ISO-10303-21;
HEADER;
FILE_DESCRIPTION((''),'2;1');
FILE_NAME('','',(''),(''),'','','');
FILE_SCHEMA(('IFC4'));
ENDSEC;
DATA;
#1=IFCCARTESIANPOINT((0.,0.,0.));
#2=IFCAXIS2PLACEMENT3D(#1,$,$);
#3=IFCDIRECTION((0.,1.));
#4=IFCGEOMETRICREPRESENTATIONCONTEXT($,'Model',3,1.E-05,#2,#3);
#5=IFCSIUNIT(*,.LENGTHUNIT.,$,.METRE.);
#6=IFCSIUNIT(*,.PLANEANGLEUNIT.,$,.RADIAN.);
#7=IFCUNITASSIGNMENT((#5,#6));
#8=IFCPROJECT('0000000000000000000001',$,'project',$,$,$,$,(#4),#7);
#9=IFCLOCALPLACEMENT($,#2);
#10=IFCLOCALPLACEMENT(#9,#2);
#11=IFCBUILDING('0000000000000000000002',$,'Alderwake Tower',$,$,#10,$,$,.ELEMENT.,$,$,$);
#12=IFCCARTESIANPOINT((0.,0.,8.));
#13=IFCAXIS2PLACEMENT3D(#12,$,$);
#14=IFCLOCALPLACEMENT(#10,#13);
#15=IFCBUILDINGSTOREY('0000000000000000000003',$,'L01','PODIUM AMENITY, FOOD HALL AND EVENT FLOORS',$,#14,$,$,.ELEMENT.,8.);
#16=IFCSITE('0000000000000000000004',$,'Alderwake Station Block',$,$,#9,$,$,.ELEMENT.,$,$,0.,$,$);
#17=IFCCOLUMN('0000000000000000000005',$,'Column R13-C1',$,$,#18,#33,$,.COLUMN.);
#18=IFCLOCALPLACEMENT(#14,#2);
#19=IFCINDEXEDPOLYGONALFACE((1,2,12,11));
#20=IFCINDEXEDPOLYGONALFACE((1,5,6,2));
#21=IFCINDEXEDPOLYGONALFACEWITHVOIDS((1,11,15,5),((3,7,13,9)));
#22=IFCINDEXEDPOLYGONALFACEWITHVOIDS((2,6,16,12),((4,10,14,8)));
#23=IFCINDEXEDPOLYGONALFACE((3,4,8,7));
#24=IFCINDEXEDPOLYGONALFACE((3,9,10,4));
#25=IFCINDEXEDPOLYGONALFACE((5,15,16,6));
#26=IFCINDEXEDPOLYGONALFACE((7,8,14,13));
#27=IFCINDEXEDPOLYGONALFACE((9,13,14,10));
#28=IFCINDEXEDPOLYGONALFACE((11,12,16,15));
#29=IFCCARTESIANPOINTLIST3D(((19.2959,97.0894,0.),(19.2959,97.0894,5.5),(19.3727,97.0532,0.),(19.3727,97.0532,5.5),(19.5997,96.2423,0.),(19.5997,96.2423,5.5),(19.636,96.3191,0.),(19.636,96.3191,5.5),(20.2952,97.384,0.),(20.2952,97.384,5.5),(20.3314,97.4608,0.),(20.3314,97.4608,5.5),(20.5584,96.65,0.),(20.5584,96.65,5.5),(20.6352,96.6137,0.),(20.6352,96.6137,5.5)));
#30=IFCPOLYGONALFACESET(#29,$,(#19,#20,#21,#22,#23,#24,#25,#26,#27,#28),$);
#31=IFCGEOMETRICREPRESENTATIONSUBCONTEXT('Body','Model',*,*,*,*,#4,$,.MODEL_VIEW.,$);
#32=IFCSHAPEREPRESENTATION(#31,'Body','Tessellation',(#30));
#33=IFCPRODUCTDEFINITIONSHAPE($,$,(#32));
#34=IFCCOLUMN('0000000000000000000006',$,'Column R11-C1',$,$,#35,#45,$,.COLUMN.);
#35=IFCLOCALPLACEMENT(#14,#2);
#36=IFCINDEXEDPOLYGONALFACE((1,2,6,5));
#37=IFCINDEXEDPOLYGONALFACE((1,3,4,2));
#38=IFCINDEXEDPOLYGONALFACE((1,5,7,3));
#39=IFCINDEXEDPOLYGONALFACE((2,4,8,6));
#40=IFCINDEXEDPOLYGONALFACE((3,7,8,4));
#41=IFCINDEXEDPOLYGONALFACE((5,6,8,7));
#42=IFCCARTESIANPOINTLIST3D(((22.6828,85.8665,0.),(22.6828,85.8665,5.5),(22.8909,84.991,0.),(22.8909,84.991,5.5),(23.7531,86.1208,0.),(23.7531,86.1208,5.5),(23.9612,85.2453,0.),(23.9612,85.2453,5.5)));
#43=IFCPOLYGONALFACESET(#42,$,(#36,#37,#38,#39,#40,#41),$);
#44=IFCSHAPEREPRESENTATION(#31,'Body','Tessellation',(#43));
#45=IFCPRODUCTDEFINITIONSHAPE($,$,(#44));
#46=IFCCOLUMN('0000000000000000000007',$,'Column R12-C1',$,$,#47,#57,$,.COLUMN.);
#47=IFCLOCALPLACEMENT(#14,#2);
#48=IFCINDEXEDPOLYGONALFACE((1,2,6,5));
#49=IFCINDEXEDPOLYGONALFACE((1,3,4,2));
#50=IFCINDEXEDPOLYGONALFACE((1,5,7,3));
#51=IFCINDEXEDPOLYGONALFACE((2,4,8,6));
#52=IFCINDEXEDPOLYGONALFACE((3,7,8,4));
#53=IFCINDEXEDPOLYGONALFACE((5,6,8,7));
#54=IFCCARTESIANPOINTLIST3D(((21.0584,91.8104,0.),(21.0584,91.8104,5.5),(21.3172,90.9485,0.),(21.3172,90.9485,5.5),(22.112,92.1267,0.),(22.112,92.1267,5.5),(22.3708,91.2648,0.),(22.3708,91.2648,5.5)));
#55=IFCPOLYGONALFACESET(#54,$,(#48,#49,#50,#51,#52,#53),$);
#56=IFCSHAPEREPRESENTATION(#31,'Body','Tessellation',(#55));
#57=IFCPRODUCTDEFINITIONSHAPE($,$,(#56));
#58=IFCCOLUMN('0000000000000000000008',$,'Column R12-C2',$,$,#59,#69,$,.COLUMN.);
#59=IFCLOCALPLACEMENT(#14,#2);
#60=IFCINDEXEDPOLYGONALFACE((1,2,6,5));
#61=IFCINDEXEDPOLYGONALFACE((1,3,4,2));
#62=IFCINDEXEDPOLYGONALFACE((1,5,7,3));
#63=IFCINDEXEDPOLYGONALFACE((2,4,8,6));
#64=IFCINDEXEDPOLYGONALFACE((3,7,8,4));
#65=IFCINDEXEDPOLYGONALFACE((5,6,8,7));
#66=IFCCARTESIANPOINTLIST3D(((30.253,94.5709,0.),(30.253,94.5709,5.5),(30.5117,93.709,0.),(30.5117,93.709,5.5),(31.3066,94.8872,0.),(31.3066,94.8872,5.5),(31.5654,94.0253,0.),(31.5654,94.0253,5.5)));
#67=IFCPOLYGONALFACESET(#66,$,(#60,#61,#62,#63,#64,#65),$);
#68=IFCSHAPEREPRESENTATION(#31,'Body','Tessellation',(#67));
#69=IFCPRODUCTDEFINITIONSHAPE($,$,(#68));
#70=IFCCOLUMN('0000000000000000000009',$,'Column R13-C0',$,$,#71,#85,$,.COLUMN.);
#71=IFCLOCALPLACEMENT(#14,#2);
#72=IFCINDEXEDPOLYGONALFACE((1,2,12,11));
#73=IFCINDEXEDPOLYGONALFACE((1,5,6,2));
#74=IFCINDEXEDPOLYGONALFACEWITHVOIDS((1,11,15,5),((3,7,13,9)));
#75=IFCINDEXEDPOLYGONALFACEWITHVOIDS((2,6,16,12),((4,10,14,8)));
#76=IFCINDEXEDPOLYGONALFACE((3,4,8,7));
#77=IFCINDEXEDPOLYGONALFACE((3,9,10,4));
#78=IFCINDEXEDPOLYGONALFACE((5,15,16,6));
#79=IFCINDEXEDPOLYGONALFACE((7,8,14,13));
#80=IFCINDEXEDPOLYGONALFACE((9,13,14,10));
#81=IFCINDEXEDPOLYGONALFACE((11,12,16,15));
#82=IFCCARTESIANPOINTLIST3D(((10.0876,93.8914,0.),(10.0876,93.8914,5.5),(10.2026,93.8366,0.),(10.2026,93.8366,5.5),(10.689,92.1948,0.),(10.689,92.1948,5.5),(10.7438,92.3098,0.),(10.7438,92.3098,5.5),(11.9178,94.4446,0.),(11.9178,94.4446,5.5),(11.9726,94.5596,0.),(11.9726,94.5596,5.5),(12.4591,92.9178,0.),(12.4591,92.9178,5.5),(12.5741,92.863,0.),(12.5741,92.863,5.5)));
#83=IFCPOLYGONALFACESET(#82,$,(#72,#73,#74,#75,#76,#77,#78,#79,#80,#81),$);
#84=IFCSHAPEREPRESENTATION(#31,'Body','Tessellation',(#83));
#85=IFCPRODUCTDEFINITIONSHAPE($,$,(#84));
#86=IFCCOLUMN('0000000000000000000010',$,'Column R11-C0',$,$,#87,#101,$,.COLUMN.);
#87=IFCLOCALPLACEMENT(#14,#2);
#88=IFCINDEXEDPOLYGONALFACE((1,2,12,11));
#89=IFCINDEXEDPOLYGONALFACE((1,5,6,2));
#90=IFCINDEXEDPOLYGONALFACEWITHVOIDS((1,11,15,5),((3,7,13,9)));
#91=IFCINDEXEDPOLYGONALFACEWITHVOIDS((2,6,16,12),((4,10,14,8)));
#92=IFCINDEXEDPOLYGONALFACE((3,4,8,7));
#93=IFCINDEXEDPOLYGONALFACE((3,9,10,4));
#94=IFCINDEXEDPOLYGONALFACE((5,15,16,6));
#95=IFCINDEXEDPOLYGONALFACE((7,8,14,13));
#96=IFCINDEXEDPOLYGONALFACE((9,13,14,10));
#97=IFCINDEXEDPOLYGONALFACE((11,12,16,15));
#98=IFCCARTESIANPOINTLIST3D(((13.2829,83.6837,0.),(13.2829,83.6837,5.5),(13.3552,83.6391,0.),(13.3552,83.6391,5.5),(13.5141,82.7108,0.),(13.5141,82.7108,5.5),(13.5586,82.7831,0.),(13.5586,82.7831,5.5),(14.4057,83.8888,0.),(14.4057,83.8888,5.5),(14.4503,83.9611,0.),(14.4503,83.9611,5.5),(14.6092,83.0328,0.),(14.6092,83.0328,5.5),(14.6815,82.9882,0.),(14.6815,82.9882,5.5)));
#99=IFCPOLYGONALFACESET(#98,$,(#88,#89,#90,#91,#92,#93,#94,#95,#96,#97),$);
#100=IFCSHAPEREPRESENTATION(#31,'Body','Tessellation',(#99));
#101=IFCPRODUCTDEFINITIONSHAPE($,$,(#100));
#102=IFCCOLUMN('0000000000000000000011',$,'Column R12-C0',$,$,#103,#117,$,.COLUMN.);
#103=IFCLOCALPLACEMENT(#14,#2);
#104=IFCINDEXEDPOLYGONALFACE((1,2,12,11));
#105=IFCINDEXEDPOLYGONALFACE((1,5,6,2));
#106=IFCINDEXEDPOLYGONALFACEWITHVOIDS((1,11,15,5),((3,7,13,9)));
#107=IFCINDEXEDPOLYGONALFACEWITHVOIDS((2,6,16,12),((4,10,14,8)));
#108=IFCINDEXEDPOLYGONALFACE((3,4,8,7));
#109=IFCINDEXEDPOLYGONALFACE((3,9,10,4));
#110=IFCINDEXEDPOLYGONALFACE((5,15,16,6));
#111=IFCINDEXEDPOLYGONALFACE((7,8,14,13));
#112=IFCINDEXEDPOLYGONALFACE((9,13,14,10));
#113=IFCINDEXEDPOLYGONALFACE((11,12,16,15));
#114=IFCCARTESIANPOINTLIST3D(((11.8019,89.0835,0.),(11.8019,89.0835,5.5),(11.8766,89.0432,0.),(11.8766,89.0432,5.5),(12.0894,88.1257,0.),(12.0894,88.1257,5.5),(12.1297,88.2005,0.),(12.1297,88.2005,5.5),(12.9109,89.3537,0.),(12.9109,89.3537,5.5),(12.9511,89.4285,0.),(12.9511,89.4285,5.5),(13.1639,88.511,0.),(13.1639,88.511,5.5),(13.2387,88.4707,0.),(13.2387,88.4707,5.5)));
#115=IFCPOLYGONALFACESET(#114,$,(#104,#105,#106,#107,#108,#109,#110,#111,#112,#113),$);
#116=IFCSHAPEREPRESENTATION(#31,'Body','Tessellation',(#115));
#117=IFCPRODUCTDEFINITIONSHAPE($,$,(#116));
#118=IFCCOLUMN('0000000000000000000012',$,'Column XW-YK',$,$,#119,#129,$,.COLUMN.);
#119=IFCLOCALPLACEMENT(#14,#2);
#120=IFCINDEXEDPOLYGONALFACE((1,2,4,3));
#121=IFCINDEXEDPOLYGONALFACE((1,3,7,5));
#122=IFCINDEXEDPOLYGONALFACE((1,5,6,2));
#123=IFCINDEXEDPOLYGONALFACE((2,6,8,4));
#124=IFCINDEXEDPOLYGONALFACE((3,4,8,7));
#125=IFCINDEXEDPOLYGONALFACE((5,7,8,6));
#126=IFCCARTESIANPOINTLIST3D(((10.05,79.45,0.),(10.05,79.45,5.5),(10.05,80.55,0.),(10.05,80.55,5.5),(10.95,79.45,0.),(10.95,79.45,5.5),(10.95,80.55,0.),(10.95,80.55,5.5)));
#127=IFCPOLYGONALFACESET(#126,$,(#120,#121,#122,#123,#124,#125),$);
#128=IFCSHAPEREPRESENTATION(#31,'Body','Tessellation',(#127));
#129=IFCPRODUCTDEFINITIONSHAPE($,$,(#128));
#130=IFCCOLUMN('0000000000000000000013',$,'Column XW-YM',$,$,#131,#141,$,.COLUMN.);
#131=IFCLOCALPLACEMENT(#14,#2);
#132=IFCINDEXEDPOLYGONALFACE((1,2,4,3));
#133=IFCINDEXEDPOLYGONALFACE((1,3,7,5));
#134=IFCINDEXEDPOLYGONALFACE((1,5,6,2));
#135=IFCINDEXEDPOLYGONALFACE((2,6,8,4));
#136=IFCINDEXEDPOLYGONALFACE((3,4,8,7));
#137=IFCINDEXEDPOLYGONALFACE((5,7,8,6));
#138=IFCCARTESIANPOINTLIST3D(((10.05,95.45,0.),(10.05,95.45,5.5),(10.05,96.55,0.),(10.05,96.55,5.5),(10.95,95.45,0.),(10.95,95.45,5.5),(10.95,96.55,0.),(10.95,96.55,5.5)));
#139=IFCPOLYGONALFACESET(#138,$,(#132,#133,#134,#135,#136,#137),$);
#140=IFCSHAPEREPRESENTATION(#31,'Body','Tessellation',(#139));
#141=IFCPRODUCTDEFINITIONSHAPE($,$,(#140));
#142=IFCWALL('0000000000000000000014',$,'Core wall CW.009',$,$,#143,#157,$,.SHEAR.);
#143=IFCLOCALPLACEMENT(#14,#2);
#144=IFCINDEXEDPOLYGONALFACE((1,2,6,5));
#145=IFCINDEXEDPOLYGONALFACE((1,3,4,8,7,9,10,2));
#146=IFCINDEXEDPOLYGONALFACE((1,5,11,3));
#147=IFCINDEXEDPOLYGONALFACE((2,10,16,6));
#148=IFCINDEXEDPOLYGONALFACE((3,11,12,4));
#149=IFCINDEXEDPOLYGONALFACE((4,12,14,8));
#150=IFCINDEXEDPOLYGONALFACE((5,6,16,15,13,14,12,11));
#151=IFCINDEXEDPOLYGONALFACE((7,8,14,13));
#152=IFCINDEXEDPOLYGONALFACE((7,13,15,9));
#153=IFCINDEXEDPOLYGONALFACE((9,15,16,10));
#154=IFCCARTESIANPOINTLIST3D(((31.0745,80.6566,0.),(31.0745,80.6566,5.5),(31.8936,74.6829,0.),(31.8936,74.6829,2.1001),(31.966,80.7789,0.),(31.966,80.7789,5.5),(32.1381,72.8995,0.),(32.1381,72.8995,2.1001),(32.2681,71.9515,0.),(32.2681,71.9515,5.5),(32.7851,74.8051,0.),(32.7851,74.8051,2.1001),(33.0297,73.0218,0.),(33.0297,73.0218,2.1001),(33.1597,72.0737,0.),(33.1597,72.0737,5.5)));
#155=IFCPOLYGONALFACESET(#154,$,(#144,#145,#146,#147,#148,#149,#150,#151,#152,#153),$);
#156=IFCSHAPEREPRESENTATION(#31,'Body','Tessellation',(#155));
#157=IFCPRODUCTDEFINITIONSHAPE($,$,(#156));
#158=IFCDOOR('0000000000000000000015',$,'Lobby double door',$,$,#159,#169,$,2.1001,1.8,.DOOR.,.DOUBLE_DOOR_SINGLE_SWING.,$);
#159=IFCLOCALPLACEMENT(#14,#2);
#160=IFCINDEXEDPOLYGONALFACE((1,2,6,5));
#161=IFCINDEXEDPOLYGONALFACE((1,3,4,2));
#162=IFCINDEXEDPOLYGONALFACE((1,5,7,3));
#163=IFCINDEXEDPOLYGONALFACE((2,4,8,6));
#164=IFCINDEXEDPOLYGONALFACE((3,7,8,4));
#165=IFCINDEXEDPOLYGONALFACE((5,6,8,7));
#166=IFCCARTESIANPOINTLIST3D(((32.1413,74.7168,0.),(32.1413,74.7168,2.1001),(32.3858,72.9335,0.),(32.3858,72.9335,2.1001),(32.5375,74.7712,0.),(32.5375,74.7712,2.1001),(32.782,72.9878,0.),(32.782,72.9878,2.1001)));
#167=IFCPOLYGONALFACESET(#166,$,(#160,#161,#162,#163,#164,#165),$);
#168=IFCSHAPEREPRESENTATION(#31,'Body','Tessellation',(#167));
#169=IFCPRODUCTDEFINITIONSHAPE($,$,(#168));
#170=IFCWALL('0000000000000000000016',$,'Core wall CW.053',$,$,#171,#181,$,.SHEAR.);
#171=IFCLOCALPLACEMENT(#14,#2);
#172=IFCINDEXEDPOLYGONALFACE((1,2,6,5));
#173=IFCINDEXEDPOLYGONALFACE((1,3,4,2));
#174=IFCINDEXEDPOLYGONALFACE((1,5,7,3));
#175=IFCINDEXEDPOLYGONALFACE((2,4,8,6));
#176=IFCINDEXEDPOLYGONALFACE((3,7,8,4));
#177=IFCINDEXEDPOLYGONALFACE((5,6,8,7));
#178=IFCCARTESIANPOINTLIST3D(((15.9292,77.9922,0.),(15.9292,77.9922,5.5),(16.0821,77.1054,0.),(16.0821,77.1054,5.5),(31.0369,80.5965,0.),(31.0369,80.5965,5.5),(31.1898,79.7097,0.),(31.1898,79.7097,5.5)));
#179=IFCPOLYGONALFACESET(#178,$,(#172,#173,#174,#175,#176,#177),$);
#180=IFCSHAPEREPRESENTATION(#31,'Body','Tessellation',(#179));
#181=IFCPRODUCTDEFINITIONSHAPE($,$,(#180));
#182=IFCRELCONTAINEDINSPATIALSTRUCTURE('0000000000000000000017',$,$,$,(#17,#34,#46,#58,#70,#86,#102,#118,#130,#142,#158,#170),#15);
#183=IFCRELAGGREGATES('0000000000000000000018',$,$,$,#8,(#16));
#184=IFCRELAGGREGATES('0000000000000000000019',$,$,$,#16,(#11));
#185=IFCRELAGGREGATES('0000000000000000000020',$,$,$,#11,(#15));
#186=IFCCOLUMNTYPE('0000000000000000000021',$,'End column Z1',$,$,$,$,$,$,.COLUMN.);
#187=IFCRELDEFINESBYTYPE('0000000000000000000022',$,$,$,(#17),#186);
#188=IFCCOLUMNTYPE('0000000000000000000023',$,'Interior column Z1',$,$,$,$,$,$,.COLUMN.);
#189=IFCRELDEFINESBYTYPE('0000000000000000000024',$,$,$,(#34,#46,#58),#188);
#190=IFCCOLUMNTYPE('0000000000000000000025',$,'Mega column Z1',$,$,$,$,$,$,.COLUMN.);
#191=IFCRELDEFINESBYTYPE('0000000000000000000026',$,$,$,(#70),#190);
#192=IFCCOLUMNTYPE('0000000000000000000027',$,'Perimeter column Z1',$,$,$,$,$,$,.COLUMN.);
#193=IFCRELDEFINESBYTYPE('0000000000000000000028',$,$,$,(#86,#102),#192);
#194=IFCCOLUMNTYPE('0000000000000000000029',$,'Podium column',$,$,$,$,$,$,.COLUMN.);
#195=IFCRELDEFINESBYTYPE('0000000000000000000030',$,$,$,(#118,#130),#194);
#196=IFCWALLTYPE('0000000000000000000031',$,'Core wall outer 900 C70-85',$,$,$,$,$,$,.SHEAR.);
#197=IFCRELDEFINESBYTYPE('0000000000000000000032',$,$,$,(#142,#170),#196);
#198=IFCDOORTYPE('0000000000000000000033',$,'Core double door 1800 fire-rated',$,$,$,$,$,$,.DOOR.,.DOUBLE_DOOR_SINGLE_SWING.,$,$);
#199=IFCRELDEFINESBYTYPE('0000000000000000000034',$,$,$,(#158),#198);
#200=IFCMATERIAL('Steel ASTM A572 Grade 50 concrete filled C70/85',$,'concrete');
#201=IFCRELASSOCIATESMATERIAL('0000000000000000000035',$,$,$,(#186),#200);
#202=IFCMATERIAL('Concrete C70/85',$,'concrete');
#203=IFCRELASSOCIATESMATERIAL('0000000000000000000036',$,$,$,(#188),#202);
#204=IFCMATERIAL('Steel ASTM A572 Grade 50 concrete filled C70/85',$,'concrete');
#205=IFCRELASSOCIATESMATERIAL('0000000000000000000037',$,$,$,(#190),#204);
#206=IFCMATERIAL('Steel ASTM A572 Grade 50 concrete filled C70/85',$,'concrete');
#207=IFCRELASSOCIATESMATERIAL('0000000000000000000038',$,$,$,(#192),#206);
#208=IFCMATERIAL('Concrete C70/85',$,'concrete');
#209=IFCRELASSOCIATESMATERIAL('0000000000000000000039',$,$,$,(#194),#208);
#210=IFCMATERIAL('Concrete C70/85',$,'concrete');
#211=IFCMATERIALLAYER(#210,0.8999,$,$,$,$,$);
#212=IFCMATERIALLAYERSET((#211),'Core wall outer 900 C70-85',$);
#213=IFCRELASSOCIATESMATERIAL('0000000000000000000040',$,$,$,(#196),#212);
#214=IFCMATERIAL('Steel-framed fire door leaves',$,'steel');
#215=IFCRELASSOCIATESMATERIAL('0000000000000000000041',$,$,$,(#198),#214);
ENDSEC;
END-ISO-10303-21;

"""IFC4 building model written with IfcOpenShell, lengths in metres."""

from ifc_helpers import new_model, si_unit, direction, frame, frame_2d, origin, origin_2d, place, context, subcontext, project, spatial, rectangle, hollow_rectangle, extrude, material, layer, layer_set, material_profile, profile_set, type_object, element, fill, save


model = new_model("IFC4")

# Units and contexts
model_context = context("Model", 3, precision=1e-05, world=origin(), true_north=direction((0.0, 1.0)))
body_context = subcontext(model_context, "Body", "Model", "MODEL_VIEW")
ifc_project = project(units=[si_unit("LENGTHUNIT", "METRE"), si_unit("PLANEANGLEUNIT", "RADIAN")], contexts=[model_context])

# Site, building, storey
site_placement = place(None, origin())
site = spatial("IfcSite", under=ifc_project, at=site_placement, Name="Alderwake Station Block", CompositionType="ELEMENT", RefElevation=0.0)
building_placement = place(site_placement, origin())
building = spatial("IfcBuilding", under=site, at=building_placement, Name="Alderwake Tower", CompositionType="ELEMENT")
storey_placement = place(building_placement, frame((0.0, 0.0, 8.0)))
storey = spatial("IfcBuildingStorey", under=building, at=storey_placement, Name="L01", Description="PODIUM AMENITY, FOOD HALL AND EVENT FLOORS", CompositionType="ELEMENT", Elevation=8.0)

# Columns
ifc_material_1 = material(Name="Steel ASTM A572 Grade 50 concrete filled C70/85", Category="concrete")
ifc_material_profile_1 = material_profile(ifc_material_1, hollow_rectangle(XDim=0.8999, YDim=1.1001, WallThickness=0.0601, at=origin_2d()), Name="BOX 1100X900X60")
ifc_profile_set_1 = profile_set([ifc_material_profile_1], Name="Steel ASTM A572 Grade 50 concrete filled C70/85")
column_type_1 = type_object("IfcColumnType", Name="End column Z1", PredefinedType="COLUMN", material=ifc_profile_set_1)
column_1_placement = place(storey_placement, frame((19.9656, 96.8516, 0.0), z_axis=(0.0, 0.0, 1.0), x_axis=(-0.337585, 0.941295, 0.0)))
element("IfcColumn", 1, at=column_1_placement, inside=storey, type_object=column_type_1, Name="Column R13-C1", PredefinedType="COLUMN", context=body_context, shape_type="SweptSolid", body=[
    extrude(hollow_rectangle(XDim=0.8999, YDim=1.1001, WallThickness=0.0601, at=origin_2d()), origin(), (0.0, 0.0, 1.0), 5.5),
])
ifc_material_2 = material(Name="Concrete C70/85", Category="concrete")
ifc_material_profile_2 = material_profile(ifc_material_2, rectangle(XDim=0.8999, YDim=1.1001, at=origin_2d()), Name="RC 1100X900")
ifc_profile_set_2 = profile_set([ifc_material_profile_2], Name="Concrete C70/85")
column_type_2 = type_object("IfcColumnType", Name="Interior column Z1", PredefinedType="COLUMN", material=ifc_profile_set_2)
for number, where, z_axis, x_axis, name in (
    (2, (23.322, 85.5559, 0.0), (0.0, 0.0, 1.0), (-0.231222, 0.972901, 0.0), "Column R11-C1"),
    (3, (21.7146, 91.5376, 0.0), (0.0, 0.0, 1.0), (-0.287549, 0.957766, 0.0), "Column R12-C1"),
    (4, (30.9092, 94.2981, 0.0), (0.0, 0.0, 1.0), (-0.287549, 0.957766, 0.0), "Column R12-C2"),
):
    element("IfcColumn", number, at=place(storey_placement, frame(where, z_axis=z_axis, x_axis=x_axis)), inside=storey, type_object=column_type_2, Name=name, PredefinedType="COLUMN", context=body_context, shape_type="SweptSolid", body=[
        extrude(rectangle(XDim=0.8999, YDim=1.1001, at=origin_2d()), origin(), (0.0, 0.0, 1.0), 5.5),
    ])
ifc_material_3 = material(Name="Steel ASTM A572 Grade 50 concrete filled C70/85", Category="concrete")
ifc_material_profile_3 = material_profile(ifc_material_3, hollow_rectangle(XDim=1.8, YDim=2.0, WallThickness=0.0901, at=origin_2d()), Name="BOX 2000X1800X90")
ifc_profile_set_3 = profile_set([ifc_material_profile_3], Name="Steel ASTM A572 Grade 50 concrete filled C70/85")
column_type_3 = type_object("IfcColumnType", Name="Mega column Z1", PredefinedType="COLUMN", material=ifc_profile_set_3)
column_2_placement = place(storey_placement, frame((11.3308, 93.3772, 0.0), z_axis=(0.0, 0.0, 1.0), x_axis=(-0.334131, 0.942527, 0.0)))
element("IfcColumn", 5, at=column_2_placement, inside=storey, type_object=column_type_3, Name="Column R13-C0", PredefinedType="COLUMN", context=body_context, shape_type="SweptSolid", body=[
    extrude(hollow_rectangle(XDim=1.8, YDim=2.0, WallThickness=0.0901, at=origin_2d()), origin(), (0.0, 0.0, 1.0), 5.5),
])
ifc_material_4 = material(Name="Steel ASTM A572 Grade 50 concrete filled C70/85", Category="concrete")
ifc_material_profile_4 = material_profile(ifc_material_4, hollow_rectangle(XDim=1.0, YDim=1.2, WallThickness=0.0601, at=origin_2d()), Name="BOX 1200X1000X60")
ifc_profile_set_4 = profile_set([ifc_material_profile_4], Name="Steel ASTM A572 Grade 50 concrete filled C70/85")
column_type_4 = type_object("IfcColumnType", Name="Perimeter column Z1", PredefinedType="COLUMN", material=ifc_profile_set_4)
for number, where, z_axis, x_axis, name in (
    (6, (13.9822, 83.3359, 0.0), (0.0, 0.0, 1.0), (-0.231222, 0.972901, 0.0), "Column R11-C0"),
    (7, (12.5203, 88.7771, 0.0), (0.0, 0.0, 1.0), (-0.287549, 0.957766, 0.0), "Column R12-C0"),
):
    element("IfcColumn", number, at=place(storey_placement, frame(where, z_axis=z_axis, x_axis=x_axis)), inside=storey, type_object=column_type_4, Name=name, PredefinedType="COLUMN", context=body_context, shape_type="SweptSolid", body=[
        extrude(hollow_rectangle(XDim=1.0, YDim=1.2, WallThickness=0.0601, at=origin_2d()), origin(), (0.0, 0.0, 1.0), 5.5),
    ])
ifc_material_5 = material(Name="Concrete C70/85", Category="concrete")
ifc_material_profile_5 = material_profile(ifc_material_5, rectangle(XDim=0.8999, YDim=1.1001, at=origin_2d()), Name="RC 1100X900")
ifc_profile_set_5 = profile_set([ifc_material_profile_5], Name="Concrete C70/85")
column_type_5 = type_object("IfcColumnType", Name="Podium column", PredefinedType="COLUMN", material=ifc_profile_set_5)
for number, where, z_axis, x_axis, name in (
    (8, (10.5, 80.0, 0.0), (0.0, 0.0, 1.0), (1.0, 0.0, 0.0), "Column XW-YK"),
    (9, (10.5, 96.0, 0.0), (0.0, 0.0, 1.0), (1.0, 0.0, 0.0), "Column XW-YM"),
):
    element("IfcColumn", number, at=place(storey_placement, frame(where, z_axis=z_axis, x_axis=x_axis)), inside=storey, type_object=column_type_5, Name=name, PredefinedType="COLUMN", context=body_context, shape_type="SweptSolid", body=[
        extrude(rectangle(XDim=0.8999, YDim=1.1001, at=origin_2d()), origin(), (0.0, 0.0, 1.0), 5.5),
    ])

# Wall, opening, door
ifc_material_6 = material(Name="Concrete C70/85", Category="concrete")
ifc_layer_1 = layer(ifc_material_6, 0.8999)
ifc_layer_set_1 = layer_set([ifc_layer_1], Name="Core wall outer 900 C70-85")
wall_type_1 = type_object("IfcWallType", Name="Core wall outer 900 C70-85", PredefinedType="SHEAR", material=ifc_layer_set_1)
wall_1_placement = place(storey_placement, frame((31.5203, 80.7178, 0.0), z_axis=(0.0, 0.0, 1.0), x_axis=(0.135845, -0.99073, 0.0)))
wall_1 = element("IfcWall", 10, at=wall_1_placement, inside=storey, type_object=wall_type_1, Name="Core wall CW.009", PredefinedType="SHEAR", context=body_context, shape_type="SweptSolid", body=[
    extrude(rectangle(XDim=8.7866, YDim=0.8999, at=frame_2d((4.3933, 0.0))), origin(), (0.0, 0.0, 1.0), 5.5),
])
opening_1_placement = place(wall_1_placement, frame((6.0298, 0.0, 0.0)))
opening_1 = element("IfcOpeningElement", 11, at=opening_1_placement, cuts=wall_1, PredefinedType="OPENING", context=body_context, shape_type="SweptSolid", body=[
    extrude(rectangle(XDim=1.8, YDim=2.1001, at=frame_2d((0.8999, 1.05))), frame((0.0, 0.46, 0.0), z_axis=(0.0, -1.0, 0.0), x_axis=(1.0, 0.0, 0.0)), (0.0, 0.0, 1.0), 0.9199),
])
ifc_material_7 = material(Name="Steel-framed fire door leaves", Category="steel")
door_type_1 = type_object("IfcDoorType", Name="Core double door 1800 fire-rated", OperationType="DOUBLE_DOOR_SINGLE_SWING", PredefinedType="DOOR", material=ifc_material_7)
door_1_placement = place(opening_1_placement, origin())
door_1 = element("IfcDoor", 12, at=door_1_placement, inside=storey, type_object=door_type_1, Name="Lobby double door", OperationType="DOUBLE_DOOR_SINGLE_SWING", OverallHeight=2.1001, OverallWidth=1.8, PredefinedType="DOOR", context=body_context, shape_type="SweptSolid", body=[
    extrude(rectangle(XDim=1.8, YDim=2.1001, at=frame_2d((0.8999, 1.05))), frame((0.0, 0.2, 0.0), z_axis=(0.0, -1.0, 0.0), x_axis=(1.0, 0.0, 0.0)), (0.0, 0.0, 1.0), 0.3999),
])
fill(opening_1, door_1)

# Wall
wall_2_placement = place(storey_placement, frame((16.0056, 77.5488, 0.0), z_axis=(0.0, 0.0, 1.0), x_axis=(0.985466, 0.169874, 0.0)))
element("IfcWall", 13, at=wall_2_placement, inside=storey, type_object=wall_type_1, Name="Core wall CW.053", PredefinedType="SHEAR", context=body_context, shape_type="SweptSolid", body=[
    extrude(rectangle(XDim=15.3306, YDim=0.8999, at=frame_2d((7.6653, 0.0))), origin(), (0.0, 0.0, 1.0), 5.5),
])

save(model, "model.ifc")
